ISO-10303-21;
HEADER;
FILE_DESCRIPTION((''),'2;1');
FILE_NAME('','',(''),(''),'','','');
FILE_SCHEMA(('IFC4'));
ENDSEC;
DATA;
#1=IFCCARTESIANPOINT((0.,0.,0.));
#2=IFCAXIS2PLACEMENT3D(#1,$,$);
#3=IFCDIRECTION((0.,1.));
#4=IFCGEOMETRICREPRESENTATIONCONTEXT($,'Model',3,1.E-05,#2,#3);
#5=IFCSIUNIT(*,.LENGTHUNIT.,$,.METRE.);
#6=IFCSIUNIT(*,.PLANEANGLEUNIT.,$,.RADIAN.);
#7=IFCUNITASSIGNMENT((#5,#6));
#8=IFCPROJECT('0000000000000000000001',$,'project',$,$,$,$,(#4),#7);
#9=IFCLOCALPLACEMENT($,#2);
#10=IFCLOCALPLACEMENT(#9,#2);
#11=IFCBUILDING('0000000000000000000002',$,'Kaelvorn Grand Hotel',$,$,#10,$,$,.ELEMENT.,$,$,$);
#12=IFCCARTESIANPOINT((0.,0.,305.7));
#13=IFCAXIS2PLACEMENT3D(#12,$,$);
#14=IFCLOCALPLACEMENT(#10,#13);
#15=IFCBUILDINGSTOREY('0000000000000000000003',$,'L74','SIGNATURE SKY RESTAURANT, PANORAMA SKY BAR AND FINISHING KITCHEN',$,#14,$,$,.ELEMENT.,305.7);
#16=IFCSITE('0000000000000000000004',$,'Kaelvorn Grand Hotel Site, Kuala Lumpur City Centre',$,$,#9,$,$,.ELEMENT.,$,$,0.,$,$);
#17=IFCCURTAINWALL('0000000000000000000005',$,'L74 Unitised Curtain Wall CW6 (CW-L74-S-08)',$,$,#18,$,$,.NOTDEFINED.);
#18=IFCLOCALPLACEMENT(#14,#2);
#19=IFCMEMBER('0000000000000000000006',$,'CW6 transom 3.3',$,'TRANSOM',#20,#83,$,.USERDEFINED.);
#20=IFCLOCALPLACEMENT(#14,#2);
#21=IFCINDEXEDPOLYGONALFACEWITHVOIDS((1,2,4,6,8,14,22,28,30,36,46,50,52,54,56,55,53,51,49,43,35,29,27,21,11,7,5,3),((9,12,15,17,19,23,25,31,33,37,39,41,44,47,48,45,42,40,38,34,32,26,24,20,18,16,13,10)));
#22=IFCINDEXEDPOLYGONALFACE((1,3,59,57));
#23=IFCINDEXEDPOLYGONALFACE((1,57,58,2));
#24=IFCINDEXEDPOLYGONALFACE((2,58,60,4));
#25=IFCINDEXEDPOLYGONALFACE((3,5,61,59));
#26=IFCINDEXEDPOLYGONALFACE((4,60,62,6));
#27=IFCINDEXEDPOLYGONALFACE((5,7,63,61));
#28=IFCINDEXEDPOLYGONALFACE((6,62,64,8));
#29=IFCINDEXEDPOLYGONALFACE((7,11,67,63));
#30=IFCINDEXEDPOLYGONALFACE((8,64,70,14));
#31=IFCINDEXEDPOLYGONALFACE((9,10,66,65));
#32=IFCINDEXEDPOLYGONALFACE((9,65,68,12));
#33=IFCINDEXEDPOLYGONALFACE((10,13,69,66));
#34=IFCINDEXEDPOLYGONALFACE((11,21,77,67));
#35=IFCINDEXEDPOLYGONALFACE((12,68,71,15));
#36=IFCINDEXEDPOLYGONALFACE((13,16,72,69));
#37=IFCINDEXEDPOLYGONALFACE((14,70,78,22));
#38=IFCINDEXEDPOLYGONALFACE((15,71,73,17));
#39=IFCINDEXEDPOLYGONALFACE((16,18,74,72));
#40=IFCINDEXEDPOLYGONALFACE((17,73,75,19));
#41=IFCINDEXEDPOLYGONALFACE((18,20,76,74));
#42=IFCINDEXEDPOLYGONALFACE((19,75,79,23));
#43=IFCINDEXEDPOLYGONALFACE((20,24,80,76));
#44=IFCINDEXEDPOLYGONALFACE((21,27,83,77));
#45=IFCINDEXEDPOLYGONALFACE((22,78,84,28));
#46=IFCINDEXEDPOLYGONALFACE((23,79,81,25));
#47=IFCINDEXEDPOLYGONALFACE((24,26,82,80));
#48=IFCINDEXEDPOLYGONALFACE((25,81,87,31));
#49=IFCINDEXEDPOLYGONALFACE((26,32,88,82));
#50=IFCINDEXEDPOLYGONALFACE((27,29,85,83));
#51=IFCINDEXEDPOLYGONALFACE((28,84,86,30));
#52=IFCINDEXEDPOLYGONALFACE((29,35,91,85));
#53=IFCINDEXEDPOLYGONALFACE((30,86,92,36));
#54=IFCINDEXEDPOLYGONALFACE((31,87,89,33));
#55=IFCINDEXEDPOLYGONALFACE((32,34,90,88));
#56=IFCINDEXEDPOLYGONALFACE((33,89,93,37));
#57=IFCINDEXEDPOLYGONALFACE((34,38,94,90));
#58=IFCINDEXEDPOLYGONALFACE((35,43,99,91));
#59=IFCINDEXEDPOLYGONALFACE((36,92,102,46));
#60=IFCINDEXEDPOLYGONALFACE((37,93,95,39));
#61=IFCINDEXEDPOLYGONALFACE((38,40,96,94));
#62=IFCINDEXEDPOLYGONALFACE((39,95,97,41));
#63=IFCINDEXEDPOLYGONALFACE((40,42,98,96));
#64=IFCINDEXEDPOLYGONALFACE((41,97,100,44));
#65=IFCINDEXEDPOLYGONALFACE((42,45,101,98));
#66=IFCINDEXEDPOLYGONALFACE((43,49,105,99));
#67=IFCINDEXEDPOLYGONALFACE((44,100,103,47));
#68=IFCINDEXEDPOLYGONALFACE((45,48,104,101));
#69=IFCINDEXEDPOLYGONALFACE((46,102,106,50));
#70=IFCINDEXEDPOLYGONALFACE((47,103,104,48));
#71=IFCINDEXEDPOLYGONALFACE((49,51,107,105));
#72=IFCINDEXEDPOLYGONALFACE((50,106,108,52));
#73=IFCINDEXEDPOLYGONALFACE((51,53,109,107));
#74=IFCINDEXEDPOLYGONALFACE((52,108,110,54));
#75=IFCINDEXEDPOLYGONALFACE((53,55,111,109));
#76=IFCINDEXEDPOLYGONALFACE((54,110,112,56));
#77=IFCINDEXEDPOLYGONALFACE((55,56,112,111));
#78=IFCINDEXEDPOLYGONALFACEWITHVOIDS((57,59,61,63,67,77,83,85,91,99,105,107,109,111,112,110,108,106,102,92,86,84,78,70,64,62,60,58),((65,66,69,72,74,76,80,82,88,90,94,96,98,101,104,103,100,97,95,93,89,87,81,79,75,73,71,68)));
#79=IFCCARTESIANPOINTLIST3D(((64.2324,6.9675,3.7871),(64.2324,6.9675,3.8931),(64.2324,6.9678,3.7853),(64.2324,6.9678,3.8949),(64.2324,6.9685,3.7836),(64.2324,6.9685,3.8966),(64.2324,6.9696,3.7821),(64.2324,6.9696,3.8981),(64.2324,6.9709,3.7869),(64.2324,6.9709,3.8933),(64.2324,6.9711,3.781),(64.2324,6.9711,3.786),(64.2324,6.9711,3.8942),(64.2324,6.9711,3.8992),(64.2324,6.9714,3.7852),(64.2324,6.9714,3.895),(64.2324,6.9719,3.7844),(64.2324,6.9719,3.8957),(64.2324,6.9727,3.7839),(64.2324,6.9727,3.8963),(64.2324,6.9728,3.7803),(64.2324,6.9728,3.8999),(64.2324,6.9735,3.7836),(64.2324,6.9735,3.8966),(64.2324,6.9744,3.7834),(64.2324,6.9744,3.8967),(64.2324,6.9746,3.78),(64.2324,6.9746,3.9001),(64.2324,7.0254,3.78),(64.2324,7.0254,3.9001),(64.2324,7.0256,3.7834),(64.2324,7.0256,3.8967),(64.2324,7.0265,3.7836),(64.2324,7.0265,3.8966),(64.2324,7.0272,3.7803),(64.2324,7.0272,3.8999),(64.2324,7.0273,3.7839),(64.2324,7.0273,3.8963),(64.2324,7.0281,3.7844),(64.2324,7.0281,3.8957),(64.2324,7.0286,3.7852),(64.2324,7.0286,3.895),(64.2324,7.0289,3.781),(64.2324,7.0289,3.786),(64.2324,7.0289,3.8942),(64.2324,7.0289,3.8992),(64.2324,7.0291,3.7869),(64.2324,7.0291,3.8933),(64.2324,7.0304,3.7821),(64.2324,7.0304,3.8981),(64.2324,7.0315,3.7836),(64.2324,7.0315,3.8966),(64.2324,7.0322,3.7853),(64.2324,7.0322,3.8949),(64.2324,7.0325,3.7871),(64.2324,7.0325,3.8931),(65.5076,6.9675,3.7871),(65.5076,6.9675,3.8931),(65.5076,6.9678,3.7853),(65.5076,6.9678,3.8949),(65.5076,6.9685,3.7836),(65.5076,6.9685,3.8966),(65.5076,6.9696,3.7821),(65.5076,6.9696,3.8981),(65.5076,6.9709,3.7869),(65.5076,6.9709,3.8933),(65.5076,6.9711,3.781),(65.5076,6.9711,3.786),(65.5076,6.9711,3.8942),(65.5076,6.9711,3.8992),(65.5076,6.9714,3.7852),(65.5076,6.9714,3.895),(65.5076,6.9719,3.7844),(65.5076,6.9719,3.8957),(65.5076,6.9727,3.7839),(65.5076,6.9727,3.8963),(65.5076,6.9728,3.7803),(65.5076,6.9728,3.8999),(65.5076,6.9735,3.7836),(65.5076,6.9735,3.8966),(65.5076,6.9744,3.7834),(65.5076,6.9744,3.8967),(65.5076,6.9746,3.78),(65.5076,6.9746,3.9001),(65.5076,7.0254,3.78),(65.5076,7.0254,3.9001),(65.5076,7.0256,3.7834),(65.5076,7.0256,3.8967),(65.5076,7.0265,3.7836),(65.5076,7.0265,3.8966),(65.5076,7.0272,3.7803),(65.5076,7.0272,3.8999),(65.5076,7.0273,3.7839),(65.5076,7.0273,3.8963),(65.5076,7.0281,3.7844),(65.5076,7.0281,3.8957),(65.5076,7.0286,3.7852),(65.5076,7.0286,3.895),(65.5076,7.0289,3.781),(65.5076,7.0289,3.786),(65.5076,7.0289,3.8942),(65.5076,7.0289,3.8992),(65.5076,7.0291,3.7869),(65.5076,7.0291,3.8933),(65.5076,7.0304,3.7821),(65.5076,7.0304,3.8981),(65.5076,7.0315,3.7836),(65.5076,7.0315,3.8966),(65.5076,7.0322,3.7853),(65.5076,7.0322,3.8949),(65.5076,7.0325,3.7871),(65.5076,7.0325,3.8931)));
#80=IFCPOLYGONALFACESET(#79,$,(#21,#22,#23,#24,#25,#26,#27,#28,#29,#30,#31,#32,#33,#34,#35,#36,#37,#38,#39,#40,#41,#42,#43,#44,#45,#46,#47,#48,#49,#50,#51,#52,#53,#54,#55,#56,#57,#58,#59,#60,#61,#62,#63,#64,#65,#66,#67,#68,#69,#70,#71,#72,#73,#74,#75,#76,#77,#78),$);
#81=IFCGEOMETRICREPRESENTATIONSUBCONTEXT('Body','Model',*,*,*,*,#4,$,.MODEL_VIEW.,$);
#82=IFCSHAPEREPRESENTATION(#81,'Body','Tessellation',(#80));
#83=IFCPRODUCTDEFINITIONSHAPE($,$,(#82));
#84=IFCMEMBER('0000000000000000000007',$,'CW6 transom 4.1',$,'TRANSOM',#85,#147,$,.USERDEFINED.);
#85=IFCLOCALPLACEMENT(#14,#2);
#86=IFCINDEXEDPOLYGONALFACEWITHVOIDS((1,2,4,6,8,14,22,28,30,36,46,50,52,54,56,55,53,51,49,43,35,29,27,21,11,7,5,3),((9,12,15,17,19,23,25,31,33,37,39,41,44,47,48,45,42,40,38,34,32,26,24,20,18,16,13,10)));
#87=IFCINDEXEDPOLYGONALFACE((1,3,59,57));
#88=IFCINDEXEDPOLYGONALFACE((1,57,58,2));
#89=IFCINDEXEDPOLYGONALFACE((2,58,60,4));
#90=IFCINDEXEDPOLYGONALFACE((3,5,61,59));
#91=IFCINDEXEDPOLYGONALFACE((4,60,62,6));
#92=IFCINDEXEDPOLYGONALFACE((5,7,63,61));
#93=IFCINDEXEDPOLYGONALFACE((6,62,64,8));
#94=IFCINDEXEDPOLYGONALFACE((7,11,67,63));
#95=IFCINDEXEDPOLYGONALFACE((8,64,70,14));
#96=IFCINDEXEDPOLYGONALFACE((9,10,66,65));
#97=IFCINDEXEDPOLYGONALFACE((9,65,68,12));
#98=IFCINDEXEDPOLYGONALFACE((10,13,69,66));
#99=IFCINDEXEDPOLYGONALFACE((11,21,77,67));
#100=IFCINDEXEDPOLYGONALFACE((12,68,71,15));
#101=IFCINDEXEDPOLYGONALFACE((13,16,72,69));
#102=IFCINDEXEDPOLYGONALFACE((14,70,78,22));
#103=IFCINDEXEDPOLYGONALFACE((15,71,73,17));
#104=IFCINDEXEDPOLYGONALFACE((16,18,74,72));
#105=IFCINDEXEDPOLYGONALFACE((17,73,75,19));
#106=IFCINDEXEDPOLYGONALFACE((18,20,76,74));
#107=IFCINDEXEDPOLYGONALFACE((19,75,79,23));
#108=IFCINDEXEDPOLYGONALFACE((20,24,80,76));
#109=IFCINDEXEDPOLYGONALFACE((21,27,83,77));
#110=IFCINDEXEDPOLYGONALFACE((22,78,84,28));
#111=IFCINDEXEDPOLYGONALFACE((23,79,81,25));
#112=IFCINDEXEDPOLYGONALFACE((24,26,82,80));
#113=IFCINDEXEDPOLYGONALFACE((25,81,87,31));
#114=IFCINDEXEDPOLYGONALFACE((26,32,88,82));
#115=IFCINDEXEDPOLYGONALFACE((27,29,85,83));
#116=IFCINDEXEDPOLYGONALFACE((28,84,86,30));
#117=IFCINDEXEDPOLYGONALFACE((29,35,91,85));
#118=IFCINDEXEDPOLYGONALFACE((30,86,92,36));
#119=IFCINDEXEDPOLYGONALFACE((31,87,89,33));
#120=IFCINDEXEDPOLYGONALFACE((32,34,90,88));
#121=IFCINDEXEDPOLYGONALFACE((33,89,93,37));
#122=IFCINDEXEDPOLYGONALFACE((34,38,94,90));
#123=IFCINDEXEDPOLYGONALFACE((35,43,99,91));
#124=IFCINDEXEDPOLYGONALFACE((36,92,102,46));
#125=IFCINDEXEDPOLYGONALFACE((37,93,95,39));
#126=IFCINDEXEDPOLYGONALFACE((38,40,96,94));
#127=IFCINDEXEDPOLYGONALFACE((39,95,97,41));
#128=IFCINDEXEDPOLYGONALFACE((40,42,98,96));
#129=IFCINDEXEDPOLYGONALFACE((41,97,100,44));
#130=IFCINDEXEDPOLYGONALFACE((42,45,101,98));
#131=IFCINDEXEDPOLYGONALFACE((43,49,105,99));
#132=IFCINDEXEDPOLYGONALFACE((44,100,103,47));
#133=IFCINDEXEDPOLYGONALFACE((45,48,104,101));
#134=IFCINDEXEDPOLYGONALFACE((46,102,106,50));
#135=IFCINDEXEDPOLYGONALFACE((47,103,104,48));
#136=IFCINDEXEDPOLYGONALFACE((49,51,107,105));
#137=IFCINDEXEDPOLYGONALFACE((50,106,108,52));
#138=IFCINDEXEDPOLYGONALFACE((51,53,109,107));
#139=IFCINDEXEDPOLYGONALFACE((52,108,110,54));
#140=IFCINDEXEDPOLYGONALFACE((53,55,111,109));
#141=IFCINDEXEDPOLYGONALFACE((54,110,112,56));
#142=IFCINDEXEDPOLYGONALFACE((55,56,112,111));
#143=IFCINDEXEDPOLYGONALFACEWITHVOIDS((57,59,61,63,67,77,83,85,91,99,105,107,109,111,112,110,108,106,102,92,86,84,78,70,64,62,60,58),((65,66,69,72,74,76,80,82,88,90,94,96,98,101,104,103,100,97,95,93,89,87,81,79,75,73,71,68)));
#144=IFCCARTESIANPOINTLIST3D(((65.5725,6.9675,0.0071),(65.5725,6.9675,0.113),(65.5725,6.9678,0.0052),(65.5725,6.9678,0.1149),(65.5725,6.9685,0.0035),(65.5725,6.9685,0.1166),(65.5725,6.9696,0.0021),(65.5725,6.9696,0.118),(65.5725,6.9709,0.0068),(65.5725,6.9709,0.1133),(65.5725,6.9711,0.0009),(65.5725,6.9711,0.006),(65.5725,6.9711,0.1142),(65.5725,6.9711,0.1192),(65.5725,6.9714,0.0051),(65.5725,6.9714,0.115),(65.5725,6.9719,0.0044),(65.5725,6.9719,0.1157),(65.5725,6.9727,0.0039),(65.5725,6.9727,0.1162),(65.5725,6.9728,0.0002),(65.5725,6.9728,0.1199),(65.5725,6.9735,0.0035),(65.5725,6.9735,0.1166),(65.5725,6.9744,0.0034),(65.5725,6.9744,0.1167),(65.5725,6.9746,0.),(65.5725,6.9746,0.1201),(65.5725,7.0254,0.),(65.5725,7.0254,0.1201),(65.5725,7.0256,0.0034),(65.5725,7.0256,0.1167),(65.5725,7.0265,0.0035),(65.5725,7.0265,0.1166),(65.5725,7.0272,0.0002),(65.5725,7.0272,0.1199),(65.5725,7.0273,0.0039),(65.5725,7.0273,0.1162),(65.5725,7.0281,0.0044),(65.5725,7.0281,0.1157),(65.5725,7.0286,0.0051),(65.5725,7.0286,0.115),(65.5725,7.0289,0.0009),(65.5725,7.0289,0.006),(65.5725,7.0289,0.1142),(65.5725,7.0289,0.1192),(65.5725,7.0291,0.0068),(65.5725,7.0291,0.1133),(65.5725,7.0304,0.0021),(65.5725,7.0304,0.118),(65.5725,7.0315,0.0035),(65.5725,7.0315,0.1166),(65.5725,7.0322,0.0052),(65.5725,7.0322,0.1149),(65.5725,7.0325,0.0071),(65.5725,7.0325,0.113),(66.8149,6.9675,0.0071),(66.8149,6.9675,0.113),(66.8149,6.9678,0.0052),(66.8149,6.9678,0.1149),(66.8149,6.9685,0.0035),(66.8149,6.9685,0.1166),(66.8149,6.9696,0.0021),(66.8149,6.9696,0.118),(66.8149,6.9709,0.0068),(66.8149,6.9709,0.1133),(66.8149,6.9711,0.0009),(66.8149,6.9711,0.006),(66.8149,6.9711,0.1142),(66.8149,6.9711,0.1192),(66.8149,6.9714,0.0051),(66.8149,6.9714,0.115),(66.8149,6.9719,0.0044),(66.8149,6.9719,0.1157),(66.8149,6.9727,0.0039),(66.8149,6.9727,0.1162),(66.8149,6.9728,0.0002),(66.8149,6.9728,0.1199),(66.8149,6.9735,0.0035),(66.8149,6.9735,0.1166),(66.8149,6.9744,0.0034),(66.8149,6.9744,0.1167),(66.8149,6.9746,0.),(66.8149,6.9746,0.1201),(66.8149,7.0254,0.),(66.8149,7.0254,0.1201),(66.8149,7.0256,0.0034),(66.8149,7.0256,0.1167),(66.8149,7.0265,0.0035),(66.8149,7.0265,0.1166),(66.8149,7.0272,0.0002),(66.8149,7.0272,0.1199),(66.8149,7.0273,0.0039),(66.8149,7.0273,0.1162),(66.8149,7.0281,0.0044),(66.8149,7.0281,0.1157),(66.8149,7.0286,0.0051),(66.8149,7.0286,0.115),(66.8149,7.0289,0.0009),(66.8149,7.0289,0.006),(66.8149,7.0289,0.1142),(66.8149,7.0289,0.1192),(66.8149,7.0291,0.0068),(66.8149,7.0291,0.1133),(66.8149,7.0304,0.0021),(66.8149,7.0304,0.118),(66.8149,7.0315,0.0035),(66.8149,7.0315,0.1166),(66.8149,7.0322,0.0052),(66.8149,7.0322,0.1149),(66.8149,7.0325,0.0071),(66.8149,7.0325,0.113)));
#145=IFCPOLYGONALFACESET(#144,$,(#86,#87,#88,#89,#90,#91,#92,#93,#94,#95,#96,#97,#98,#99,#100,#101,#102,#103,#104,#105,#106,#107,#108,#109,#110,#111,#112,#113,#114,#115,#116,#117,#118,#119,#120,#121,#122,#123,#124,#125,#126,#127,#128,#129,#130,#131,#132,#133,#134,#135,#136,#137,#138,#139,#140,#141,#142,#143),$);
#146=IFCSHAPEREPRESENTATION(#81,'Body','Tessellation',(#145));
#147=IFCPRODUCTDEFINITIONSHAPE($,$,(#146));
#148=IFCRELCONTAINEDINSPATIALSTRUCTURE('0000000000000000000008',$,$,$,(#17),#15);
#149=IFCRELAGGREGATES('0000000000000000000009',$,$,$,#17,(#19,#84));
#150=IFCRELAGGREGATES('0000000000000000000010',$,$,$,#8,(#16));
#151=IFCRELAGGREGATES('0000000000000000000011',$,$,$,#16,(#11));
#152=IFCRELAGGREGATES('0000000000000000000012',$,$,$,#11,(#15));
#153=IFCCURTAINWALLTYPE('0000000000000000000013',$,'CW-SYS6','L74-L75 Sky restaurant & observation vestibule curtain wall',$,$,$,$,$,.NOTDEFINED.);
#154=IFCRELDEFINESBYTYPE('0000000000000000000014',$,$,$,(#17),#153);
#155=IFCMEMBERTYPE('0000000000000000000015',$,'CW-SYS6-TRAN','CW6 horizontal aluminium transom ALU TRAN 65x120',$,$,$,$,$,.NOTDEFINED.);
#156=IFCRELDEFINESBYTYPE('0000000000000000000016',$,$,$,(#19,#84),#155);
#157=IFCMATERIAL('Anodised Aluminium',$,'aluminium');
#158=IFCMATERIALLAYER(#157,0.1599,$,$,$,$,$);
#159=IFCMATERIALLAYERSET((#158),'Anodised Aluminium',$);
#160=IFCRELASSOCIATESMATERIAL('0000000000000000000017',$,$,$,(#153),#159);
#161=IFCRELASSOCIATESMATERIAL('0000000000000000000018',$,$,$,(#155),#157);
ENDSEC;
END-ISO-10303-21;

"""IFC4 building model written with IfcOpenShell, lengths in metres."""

from ifc_helpers import new_model, si_unit, direction, frame, origin, origin_2d, place, context, subcontext, project, spatial, hollow_rectangle, extrude, material, layer, layer_set, material_profile, profile_set, type_object, element, aggregate, save


model = new_model("IFC4")

# Units and contexts
model_context = context("Model", 3, precision=1e-05, world=origin(), true_north=direction((0.0, 1.0)))
body_context = subcontext(model_context, "Body", "Model", "MODEL_VIEW")
ifc_project = project(units=[si_unit("LENGTHUNIT", "METRE"), si_unit("PLANEANGLEUNIT", "RADIAN")], contexts=[model_context])

# Site, building, storey
site_placement = place(None, origin())
site = spatial("IfcSite", under=ifc_project, at=site_placement, Name="Kaelvorn Grand Hotel Site, Kuala Lumpur City Centre", CompositionType="ELEMENT", RefElevation=0.0)
building_placement = place(site_placement, origin())
building = spatial("IfcBuilding", under=site, at=building_placement, Name="Kaelvorn Grand Hotel", CompositionType="ELEMENT")
storey_placement = place(building_placement, frame((0.0, 0.0, 305.7)))
storey = spatial("IfcBuildingStorey", under=building, at=storey_placement, Name="L74", Description="SIGNATURE SKY RESTAURANT, PANORAMA SKY BAR AND FINISHING KITCHEN", CompositionType="ELEMENT", Elevation=305.7)

# Curtain wall, members
ifc_material_1 = material(Name="Anodised Aluminium", Category="aluminium")
ifc_layer_1 = layer(ifc_material_1, 0.1599)
ifc_layer_set_1 = layer_set([ifc_layer_1], Name="Anodised Aluminium")
curtain_wall_type = type_object("IfcCurtainWallType", Name="CW-SYS6", Description="L74-L75 Sky restaurant & observation vestibule curtain wall", PredefinedType="NOTDEFINED", material=ifc_layer_set_1)
curtain_wall_placement = place(storey_placement, origin())
curtain_wall = element("IfcCurtainWall", 1, at=curtain_wall_placement, inside=storey, type_object=curtain_wall_type, Name="L74 Unitised Curtain Wall CW6 (CW-L74-S-08)", PredefinedType="NOTDEFINED")
ifc_material_profile_1 = material_profile(ifc_material_1, hollow_rectangle(XDim=0.0649, YDim=0.1201, WallThickness=0.0034, InnerFilletRadius=0.0034, OuterFilletRadius=0.0071, at=origin_2d()), Name="ALU TRAN 65x120")
ifc_profile_set_1 = profile_set([ifc_material_profile_1], Name="Anodised Aluminium")
member_type_1 = type_object("IfcMemberType", Name="CW-SYS6-TRAN", Description="CW6 horizontal aluminium transom ALU TRAN 65x120", PredefinedType="NOTDEFINED", material=ifc_profile_set_1)
member_1_placement = place(storey_placement, frame((64.2324, 7.0, 3.8401), z_axis=(1.0, 0.0, 0.0), x_axis=(0.0, 1.0, 0.0)))
member_1 = element("IfcMember", 2, at=member_1_placement, type_object=member_type_1, Name="CW6 transom 3.3", ObjectType="TRANSOM", PredefinedType="USERDEFINED", context=body_context, shape_type="SweptSolid", body=[
    extrude(hollow_rectangle(XDim=0.0649, YDim=0.1201, WallThickness=0.0034, InnerFilletRadius=0.0034, OuterFilletRadius=0.0071, at=origin_2d()), origin(), (0.0, 0.0, 1.0), 1.2751),
])
member_2_placement = place(storey_placement, frame((65.5725, 7.0, 0.0601), z_axis=(1.0, 0.0, 0.0), x_axis=(0.0, 1.0, 0.0)))
member_2 = element("IfcMember", 3, at=member_2_placement, type_object=member_type_1, Name="CW6 transom 4.1", ObjectType="TRANSOM", PredefinedType="USERDEFINED", context=body_context, shape_type="SweptSolid", body=[
    extrude(hollow_rectangle(XDim=0.0649, YDim=0.1201, WallThickness=0.0034, InnerFilletRadius=0.0034, OuterFilletRadius=0.0071, at=origin_2d()), origin(), (0.0, 0.0, 1.0), 1.2424),
])
aggregate(curtain_wall, [member_1, member_2])

save(model, "model.ifc")
